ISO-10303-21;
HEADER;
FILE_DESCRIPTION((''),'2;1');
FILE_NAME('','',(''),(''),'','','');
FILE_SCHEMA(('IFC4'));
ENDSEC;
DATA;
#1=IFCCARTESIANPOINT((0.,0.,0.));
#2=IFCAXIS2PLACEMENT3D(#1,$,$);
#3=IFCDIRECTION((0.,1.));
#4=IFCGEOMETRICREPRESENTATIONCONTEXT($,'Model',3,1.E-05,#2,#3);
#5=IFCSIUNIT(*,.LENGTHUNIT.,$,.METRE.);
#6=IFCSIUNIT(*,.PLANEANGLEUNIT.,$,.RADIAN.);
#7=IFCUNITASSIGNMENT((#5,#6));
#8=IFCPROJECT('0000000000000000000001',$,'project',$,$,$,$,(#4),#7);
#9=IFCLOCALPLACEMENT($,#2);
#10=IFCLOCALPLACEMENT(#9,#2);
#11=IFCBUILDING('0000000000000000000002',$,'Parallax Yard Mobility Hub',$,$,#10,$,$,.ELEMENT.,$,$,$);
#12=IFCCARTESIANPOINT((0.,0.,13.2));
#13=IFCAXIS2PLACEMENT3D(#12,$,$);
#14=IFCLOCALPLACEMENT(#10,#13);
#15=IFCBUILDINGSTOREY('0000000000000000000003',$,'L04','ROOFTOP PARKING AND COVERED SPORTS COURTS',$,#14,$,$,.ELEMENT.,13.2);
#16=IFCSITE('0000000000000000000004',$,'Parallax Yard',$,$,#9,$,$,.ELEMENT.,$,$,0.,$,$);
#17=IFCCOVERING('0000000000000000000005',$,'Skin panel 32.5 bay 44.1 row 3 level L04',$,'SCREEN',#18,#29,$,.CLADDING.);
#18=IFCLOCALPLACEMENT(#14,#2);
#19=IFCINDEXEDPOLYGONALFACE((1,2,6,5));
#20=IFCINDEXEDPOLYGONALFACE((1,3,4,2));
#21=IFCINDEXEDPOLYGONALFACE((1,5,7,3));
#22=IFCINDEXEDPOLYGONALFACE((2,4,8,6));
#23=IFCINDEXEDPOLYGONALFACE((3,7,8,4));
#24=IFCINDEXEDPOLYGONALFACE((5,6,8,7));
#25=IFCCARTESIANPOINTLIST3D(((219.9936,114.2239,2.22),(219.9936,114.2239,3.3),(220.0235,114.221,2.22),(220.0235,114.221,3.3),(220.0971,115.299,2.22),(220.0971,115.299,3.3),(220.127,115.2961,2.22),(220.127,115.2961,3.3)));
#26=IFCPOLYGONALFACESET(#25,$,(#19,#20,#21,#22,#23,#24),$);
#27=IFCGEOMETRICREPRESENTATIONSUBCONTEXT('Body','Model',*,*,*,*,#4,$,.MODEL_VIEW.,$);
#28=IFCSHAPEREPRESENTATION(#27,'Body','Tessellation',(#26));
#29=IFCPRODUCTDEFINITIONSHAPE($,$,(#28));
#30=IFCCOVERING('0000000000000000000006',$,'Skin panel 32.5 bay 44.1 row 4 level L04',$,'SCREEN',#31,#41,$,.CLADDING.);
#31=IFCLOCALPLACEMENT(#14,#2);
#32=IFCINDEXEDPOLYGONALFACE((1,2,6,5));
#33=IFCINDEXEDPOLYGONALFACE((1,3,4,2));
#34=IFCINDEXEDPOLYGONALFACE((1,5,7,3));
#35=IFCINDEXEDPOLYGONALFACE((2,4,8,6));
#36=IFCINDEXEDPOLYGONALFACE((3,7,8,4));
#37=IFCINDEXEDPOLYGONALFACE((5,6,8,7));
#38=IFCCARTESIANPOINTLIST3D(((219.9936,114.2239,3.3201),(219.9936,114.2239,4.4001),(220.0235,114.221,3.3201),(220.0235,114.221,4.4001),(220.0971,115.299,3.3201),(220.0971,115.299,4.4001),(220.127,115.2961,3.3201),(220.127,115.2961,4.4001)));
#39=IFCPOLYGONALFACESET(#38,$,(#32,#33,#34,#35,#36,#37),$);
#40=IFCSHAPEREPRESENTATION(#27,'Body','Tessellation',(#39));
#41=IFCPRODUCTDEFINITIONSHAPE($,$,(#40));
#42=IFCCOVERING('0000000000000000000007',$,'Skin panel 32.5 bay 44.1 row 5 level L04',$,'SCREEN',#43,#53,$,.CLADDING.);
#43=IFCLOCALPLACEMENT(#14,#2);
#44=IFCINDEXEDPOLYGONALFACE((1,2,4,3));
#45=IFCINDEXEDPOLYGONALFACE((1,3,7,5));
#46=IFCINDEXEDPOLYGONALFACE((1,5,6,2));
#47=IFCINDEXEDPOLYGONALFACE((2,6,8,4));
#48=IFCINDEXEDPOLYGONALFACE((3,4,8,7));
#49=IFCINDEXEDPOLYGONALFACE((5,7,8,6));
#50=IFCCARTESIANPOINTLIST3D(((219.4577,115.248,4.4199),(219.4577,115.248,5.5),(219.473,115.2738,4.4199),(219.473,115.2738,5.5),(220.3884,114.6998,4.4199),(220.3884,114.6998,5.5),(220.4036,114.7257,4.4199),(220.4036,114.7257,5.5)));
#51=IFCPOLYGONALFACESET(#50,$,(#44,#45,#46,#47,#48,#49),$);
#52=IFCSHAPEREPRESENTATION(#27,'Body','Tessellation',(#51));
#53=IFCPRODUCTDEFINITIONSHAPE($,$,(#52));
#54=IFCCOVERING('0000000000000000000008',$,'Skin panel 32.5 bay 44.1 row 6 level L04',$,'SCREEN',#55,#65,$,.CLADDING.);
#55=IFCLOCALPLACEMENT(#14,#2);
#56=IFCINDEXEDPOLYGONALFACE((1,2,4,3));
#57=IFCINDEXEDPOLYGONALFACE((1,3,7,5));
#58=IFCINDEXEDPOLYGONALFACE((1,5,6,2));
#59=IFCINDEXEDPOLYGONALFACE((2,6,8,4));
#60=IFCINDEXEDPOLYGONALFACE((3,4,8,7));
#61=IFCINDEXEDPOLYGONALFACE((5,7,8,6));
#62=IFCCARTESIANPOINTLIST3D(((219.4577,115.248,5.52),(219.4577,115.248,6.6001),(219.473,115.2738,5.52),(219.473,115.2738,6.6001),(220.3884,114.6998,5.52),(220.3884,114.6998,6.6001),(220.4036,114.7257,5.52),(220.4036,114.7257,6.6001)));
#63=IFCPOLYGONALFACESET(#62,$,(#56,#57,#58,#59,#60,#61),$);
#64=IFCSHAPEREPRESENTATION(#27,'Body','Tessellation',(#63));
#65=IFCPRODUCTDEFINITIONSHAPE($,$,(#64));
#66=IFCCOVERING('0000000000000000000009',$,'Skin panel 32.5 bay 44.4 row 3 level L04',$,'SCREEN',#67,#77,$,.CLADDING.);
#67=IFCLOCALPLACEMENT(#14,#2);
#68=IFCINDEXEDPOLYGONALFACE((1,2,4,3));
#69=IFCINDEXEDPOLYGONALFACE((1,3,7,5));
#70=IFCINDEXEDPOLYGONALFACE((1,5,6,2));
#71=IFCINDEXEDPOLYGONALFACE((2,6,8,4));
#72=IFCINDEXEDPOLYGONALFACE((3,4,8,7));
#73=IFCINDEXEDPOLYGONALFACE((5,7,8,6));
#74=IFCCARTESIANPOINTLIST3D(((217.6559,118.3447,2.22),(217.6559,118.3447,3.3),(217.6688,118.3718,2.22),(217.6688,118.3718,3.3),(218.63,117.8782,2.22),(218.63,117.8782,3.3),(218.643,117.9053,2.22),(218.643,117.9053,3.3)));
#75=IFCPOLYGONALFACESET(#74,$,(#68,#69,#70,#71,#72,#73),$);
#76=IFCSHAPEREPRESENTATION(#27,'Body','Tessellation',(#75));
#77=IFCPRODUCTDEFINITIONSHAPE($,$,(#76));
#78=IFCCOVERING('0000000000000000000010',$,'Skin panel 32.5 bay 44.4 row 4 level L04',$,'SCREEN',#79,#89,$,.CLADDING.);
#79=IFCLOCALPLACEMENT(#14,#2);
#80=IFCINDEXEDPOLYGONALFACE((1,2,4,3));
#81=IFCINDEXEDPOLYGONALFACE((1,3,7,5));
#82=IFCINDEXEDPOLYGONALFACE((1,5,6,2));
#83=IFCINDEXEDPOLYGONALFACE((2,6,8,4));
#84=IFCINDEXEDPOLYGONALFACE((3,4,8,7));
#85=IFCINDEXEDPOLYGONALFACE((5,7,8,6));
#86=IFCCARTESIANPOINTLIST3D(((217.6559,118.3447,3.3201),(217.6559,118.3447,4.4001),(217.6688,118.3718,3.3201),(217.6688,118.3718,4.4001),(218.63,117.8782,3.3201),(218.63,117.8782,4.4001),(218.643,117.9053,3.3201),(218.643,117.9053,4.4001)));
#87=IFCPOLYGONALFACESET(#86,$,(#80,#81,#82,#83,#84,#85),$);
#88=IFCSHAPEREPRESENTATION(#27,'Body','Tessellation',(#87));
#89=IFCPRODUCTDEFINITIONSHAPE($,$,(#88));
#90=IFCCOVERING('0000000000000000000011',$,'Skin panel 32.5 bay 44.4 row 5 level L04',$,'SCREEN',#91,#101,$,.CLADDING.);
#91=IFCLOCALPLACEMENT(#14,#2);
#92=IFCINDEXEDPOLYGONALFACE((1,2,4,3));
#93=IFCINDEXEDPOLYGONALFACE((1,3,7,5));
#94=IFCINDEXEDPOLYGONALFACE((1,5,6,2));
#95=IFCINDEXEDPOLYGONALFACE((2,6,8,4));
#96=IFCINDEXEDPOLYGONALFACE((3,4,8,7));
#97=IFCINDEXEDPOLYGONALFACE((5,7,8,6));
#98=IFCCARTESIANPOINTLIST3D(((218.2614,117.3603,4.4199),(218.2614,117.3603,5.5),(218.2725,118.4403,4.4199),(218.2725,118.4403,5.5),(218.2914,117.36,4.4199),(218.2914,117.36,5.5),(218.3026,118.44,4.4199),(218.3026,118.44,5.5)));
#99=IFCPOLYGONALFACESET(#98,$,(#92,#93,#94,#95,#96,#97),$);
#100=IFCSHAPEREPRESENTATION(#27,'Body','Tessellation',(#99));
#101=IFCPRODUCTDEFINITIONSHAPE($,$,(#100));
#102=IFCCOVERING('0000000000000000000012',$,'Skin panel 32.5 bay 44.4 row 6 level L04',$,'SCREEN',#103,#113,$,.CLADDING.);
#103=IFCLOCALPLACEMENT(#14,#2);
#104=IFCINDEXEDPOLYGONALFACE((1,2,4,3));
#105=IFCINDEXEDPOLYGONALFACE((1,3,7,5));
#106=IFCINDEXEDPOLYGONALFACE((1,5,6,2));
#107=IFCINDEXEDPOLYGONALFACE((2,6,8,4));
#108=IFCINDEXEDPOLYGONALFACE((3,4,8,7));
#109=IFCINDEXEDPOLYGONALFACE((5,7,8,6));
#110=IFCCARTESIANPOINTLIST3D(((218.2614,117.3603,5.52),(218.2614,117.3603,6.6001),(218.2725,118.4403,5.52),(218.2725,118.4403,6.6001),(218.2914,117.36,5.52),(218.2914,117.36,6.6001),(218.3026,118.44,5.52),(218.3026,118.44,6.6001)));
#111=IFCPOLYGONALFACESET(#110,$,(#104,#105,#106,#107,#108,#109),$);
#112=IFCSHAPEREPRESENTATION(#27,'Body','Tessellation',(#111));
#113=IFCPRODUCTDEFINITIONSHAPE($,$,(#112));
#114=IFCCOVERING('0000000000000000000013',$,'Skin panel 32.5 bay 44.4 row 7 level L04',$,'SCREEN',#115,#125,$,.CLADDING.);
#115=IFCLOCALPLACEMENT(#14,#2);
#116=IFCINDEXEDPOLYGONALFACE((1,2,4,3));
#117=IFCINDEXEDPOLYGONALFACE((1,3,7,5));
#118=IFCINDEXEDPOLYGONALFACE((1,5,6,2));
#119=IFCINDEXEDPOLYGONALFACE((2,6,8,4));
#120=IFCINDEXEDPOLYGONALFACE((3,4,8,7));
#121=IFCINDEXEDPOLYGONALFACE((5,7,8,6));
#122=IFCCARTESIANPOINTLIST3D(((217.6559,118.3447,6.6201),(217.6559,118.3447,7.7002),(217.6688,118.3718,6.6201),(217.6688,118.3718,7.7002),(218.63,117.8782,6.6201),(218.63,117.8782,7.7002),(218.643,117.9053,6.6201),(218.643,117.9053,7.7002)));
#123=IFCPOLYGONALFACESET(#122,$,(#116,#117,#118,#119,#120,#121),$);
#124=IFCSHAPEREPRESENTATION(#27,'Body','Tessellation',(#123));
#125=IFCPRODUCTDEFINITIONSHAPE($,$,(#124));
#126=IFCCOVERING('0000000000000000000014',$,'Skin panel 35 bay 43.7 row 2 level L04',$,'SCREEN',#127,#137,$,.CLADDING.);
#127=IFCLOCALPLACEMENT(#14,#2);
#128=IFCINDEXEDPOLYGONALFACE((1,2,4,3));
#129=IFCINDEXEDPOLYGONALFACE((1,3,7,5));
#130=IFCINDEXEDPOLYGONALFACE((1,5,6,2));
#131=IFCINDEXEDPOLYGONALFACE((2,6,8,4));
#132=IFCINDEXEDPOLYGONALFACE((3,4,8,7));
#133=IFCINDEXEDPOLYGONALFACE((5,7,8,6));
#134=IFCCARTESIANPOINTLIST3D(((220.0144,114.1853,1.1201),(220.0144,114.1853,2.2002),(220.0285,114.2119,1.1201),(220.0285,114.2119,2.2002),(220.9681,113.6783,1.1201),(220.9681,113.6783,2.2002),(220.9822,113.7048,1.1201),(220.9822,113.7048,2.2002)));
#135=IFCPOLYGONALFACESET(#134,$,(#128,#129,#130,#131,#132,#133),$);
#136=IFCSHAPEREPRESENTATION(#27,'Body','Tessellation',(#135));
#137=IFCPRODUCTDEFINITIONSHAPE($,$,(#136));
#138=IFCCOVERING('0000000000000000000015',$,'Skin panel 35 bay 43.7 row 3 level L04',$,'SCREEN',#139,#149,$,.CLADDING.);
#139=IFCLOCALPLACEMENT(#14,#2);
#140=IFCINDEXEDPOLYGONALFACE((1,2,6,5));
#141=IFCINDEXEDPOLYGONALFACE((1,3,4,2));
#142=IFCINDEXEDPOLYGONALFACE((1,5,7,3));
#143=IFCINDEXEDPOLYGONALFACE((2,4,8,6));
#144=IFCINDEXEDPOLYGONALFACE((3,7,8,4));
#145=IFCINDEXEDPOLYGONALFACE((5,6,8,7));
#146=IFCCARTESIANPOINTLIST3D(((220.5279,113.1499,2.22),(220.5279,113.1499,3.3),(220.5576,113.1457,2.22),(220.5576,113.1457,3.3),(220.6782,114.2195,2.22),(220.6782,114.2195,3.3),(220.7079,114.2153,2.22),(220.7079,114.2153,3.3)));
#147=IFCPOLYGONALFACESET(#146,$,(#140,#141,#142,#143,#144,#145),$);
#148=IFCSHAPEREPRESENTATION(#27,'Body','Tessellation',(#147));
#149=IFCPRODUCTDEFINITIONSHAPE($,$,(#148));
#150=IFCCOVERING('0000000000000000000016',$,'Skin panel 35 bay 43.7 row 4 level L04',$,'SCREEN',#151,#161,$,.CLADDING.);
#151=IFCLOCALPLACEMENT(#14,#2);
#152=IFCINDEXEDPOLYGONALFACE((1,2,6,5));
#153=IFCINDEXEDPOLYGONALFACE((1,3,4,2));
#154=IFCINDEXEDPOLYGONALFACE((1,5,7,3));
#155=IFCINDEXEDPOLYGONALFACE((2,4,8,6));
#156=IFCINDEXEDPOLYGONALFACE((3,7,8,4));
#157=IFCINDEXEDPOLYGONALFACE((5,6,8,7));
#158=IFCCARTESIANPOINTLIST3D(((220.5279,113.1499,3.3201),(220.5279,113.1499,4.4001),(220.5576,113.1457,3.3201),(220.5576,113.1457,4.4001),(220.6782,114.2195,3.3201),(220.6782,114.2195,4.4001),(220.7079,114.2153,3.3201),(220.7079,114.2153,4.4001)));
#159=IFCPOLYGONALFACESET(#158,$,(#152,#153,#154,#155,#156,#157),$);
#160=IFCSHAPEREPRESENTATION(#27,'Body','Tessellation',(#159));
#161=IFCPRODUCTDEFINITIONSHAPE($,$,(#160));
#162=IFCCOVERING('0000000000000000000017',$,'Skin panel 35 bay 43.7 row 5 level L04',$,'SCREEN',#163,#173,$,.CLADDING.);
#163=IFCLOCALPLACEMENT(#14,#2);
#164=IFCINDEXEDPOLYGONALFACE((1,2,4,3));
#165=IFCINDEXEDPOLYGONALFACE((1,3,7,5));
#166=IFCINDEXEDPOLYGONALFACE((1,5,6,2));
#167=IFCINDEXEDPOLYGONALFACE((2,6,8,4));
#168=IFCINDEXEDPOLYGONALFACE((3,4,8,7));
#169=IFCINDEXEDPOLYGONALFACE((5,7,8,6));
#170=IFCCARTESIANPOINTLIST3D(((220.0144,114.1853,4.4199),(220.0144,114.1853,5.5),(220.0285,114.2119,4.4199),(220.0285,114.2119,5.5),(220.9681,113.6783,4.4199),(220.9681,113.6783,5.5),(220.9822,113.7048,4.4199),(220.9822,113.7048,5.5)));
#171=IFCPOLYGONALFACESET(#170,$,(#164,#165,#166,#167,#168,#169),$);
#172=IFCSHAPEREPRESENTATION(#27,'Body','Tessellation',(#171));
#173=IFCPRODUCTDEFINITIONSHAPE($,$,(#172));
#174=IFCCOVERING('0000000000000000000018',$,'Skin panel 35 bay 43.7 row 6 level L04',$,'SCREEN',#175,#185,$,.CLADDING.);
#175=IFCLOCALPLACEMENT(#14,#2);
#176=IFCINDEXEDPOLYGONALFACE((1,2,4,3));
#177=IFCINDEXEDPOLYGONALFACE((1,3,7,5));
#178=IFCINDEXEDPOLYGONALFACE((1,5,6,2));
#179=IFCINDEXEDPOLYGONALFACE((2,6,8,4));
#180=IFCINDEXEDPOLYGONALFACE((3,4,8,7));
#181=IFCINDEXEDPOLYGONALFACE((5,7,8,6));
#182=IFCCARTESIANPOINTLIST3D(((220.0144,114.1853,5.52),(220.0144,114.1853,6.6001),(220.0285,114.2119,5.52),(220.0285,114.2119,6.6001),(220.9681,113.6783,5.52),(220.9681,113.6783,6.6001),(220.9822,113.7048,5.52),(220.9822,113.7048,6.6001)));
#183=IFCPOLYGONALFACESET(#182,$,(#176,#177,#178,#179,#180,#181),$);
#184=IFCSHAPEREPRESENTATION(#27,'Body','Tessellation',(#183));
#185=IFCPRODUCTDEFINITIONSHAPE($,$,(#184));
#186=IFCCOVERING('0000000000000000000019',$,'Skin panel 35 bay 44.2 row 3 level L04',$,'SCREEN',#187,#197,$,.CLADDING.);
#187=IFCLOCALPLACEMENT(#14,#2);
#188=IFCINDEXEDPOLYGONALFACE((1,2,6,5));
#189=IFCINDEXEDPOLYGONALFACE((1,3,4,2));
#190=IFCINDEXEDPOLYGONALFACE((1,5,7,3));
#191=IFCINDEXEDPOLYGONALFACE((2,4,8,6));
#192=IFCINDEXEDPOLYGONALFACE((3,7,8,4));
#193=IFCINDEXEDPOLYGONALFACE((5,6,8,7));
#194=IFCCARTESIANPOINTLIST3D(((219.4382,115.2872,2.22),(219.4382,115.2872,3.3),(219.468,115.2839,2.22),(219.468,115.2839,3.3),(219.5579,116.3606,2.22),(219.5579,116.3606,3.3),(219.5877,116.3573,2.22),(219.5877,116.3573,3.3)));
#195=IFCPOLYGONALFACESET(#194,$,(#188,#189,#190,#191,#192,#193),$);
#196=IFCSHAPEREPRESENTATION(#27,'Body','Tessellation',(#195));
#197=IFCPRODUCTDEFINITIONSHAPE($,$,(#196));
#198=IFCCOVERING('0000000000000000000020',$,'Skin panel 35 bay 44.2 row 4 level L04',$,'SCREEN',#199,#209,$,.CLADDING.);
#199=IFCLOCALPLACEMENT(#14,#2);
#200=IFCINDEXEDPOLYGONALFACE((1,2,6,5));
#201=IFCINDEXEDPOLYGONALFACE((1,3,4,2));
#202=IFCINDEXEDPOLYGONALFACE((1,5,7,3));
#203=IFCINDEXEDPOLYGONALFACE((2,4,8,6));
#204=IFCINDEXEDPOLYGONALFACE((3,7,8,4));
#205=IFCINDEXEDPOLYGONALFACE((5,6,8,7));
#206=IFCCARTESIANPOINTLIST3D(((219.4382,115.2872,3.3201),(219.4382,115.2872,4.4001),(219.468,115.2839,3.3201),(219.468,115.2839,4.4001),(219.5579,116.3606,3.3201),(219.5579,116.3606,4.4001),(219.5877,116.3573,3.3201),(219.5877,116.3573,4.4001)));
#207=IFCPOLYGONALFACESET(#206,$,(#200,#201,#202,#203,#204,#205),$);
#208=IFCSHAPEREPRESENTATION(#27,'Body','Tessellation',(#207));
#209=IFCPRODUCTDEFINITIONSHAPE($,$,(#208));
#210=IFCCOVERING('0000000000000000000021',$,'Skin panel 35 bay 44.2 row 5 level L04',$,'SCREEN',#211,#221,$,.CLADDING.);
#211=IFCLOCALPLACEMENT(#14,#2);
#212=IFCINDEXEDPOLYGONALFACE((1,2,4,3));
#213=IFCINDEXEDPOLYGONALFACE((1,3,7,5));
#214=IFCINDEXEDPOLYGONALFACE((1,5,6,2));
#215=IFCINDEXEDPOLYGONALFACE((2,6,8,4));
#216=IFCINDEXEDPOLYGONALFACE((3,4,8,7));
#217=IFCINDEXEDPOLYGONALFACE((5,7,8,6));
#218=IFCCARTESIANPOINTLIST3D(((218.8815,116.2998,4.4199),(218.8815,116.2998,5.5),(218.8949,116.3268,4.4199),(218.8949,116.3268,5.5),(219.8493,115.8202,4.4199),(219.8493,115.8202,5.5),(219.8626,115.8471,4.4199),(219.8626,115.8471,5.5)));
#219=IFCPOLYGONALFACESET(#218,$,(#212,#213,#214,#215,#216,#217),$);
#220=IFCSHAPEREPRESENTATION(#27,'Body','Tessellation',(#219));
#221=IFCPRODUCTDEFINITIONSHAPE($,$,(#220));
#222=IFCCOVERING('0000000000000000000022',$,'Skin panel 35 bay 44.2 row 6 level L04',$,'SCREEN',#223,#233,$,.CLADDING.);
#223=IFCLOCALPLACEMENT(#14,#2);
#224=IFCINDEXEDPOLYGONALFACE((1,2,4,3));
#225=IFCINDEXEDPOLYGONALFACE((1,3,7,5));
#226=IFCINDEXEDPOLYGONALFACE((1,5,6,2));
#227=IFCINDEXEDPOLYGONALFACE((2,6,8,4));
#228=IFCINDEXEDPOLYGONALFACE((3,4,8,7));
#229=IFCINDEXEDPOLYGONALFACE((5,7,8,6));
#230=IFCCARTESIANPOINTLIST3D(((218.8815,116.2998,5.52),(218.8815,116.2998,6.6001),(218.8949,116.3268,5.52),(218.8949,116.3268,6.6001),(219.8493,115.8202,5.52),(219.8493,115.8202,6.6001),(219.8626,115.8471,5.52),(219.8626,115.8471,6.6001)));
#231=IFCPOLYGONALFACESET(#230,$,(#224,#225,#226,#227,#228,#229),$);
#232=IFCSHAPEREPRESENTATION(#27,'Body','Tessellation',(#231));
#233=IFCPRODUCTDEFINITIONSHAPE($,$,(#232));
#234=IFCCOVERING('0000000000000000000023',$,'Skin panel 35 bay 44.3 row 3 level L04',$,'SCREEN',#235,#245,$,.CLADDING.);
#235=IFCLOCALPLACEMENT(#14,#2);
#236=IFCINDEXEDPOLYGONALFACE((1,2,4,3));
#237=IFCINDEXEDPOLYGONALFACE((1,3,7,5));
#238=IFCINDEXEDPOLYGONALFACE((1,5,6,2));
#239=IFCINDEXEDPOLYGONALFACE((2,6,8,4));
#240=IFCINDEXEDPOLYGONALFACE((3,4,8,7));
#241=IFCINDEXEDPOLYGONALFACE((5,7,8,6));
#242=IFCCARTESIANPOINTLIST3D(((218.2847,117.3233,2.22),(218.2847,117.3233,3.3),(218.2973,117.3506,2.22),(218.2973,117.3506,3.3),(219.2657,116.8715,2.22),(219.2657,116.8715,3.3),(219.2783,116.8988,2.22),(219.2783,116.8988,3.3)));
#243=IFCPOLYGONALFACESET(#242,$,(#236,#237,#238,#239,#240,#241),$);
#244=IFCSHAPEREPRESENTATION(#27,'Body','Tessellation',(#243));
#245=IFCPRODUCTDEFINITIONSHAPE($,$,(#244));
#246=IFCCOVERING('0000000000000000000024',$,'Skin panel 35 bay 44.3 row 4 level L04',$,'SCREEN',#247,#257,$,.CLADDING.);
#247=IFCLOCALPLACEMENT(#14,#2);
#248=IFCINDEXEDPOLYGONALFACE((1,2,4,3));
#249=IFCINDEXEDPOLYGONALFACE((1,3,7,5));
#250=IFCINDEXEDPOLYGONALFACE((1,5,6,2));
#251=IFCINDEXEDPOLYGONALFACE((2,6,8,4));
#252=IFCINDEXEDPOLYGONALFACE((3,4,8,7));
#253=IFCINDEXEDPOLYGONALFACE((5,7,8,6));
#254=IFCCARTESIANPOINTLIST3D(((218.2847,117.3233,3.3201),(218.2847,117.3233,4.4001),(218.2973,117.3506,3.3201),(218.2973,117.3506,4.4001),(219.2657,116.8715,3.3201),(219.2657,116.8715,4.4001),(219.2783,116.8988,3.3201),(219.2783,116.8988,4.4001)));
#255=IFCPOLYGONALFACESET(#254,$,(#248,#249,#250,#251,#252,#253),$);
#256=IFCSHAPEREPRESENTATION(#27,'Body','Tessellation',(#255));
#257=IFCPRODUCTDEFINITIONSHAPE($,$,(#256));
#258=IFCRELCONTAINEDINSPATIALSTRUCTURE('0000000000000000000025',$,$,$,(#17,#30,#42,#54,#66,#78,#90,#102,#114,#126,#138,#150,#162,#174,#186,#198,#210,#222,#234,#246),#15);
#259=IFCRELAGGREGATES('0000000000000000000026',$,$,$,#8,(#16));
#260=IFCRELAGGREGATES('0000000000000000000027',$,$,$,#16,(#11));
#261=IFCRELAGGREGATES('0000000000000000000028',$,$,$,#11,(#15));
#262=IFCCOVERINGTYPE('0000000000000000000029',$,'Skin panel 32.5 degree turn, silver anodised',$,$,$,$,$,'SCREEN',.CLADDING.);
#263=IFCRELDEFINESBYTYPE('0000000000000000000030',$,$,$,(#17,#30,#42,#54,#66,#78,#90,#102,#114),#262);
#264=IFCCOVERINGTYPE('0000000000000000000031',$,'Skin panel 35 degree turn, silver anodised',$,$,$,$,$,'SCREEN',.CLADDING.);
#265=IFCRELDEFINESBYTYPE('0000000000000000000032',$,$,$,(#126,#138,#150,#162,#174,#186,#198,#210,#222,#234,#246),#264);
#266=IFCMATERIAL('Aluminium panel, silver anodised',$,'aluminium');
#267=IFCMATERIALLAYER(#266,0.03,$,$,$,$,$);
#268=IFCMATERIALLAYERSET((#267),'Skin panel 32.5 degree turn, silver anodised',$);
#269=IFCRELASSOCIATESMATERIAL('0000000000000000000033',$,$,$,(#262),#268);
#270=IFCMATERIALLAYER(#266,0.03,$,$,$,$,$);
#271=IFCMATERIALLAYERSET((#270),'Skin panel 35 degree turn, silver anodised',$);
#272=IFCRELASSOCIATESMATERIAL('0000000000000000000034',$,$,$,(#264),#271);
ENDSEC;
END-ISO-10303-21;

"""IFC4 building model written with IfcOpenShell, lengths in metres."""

from ifc_helpers import new_model, si_unit, direction, frame, origin, origin_2d, place, context, subcontext, project, spatial, rectangle, extrude, material, layer, layer_set, type_object, element, save


model = new_model("IFC4")

# Units and contexts
model_context = context("Model", 3, precision=1e-05, world=origin(), true_north=direction((0.0, 1.0)))
body_context = subcontext(model_context, "Body", "Model", "MODEL_VIEW")
ifc_project = project(units=[si_unit("LENGTHUNIT", "METRE"), si_unit("PLANEANGLEUNIT", "RADIAN")], contexts=[model_context])

# Site, building, storey
site_placement = place(None, origin())
site = spatial("IfcSite", under=ifc_project, at=site_placement, Name="Parallax Yard", CompositionType="ELEMENT", RefElevation=0.0)
building_placement = place(site_placement, origin())
building = spatial("IfcBuilding", under=site, at=building_placement, Name="Parallax Yard Mobility Hub", CompositionType="ELEMENT")
storey_placement = place(building_placement, frame((0.0, 0.0, 13.2)))
storey = spatial("IfcBuildingStorey", under=building, at=storey_placement, Name="L04", Description="ROOFTOP PARKING AND COVERED SPORTS COURTS", CompositionType="ELEMENT", Elevation=13.2)

# Coverings
ifc_material_1 = material(Name="Aluminium panel, silver anodised", Category="aluminium")
ifc_layer_1 = layer(ifc_material_1, 0.03)
ifc_layer_set_1 = layer_set([ifc_layer_1], Name="Skin panel 32.5 degree turn, silver anodised")
covering_type_1 = type_object("IfcCoveringType", Name="Skin panel 32.5 degree turn, silver anodised", ElementType="SCREEN", PredefinedType="CLADDING", material=ifc_layer_set_1)
for number, where, z_axis, x_axis, name in (
    (1, (220.0603, 114.76, 2.22), (0.0, 0.0, 1.0), (0.095846, 0.995396, 0.0), "Skin panel 32.5 bay 44.1 row 3 level L04"),
    (2, (220.0603, 114.76, 3.3201), (0.0, 0.0, 1.0), (0.095846, 0.995396, 0.0), "Skin panel 32.5 bay 44.1 row 4 level L04"),
    (3, (219.9307, 114.9868, 4.4199), (0.0, 0.0, 1.0), (0.861629, -0.507538, 0.0), "Skin panel 32.5 bay 44.1 row 5 level L04"),
    (4, (219.9307, 114.9868, 5.52), (0.0, 0.0, 1.0), (0.861629, -0.507538, 0.0), "Skin panel 32.5 bay 44.1 row 6 level L04"),
    (5, (218.1494, 118.125, 2.22), (0.0, 0.0, 1.0), (0.901901, -0.431943, 0.0), "Skin panel 32.5 bay 44.4 row 3 level L04"),
    (6, (218.1494, 118.125, 3.3201), (0.0, 0.0, 1.0), (0.901901, -0.431943, 0.0), "Skin panel 32.5 bay 44.4 row 4 level L04"),
    (7, (218.282, 117.9001, 4.4199), (0.0, 0.0, 1.0), (0.010313, 0.999947, 0.0), "Skin panel 32.5 bay 44.4 row 5 level L04"),
    (8, (218.282, 117.9001, 5.52), (0.0, 0.0, 1.0), (0.010313, 0.999947, 0.0), "Skin panel 32.5 bay 44.4 row 6 level L04"),
    (9, (218.1494, 118.125, 6.6201), (0.0, 0.0, 1.0), (0.901901, -0.431943, 0.0), "Skin panel 32.5 bay 44.4 row 7 level L04"),
):
    element("IfcCovering", number, at=place(storey_placement, frame(where, z_axis=z_axis, x_axis=x_axis)), inside=storey, type_object=covering_type_1, Name=name, ObjectType="SCREEN", PredefinedType="CLADDING", context=body_context, shape_type="SweptSolid", body=[
        extrude(rectangle(XDim=1.0801, YDim=0.03, at=origin_2d()), origin(), (0.0, 0.0, 1.0), 1.0801),
    ])
ifc_layer_2 = layer(ifc_material_1, 0.03)
ifc_layer_set_2 = layer_set([ifc_layer_2], Name="Skin panel 35 degree turn, silver anodised")
covering_type_2 = type_object("IfcCoveringType", Name="Skin panel 35 degree turn, silver anodised", ElementType="SCREEN", PredefinedType="CLADDING", material=ifc_layer_set_2)
for number, where, z_axis, x_axis, name in (
    (10, (220.4983, 113.9451, 1.1201), (0.0, 0.0, 1.0), (0.882948, -0.469472, 0.0), "Skin panel 35 bay 43.7 row 2 level L04"),
    (11, (220.6179, 113.6826, 2.22), (0.0, 0.0, 1.0), (0.139173, 0.990268, 0.0), "Skin panel 35 bay 43.7 row 3 level L04"),
    (12, (220.6179, 113.6826, 3.3201), (0.0, 0.0, 1.0), (0.139173, 0.990268, 0.0), "Skin panel 35 bay 43.7 row 4 level L04"),
    (13, (220.4983, 113.9451, 4.4199), (0.0, 0.0, 1.0), (0.882948, -0.469472, 0.0), "Skin panel 35 bay 43.7 row 5 level L04"),
    (14, (220.4983, 113.9451, 5.52), (0.0, 0.0, 1.0), (0.882948, -0.469472, 0.0), "Skin panel 35 bay 43.7 row 6 level L04"),
    (15, (219.5129, 115.8223, 2.22), (0.0, 0.0, 1.0), (0.110838, 0.993839, 0.0), "Skin panel 35 bay 44.2 row 3 level L04"),
    (16, (219.5129, 115.8223, 3.3201), (0.0, 0.0, 1.0), (0.110838, 0.993839, 0.0), "Skin panel 35 bay 44.2 row 4 level L04"),
    (17, (219.3721, 116.0735, 4.4199), (0.0, 0.0, 1.0), (0.895994, -0.444066, 0.0), "Skin panel 35 bay 44.2 row 5 level L04"),
    (18, (219.3721, 116.0735, 5.52), (0.0, 0.0, 1.0), (0.895994, -0.444066, 0.0), "Skin panel 35 bay 44.2 row 6 level L04"),
    (19, (218.7815, 117.1111, 2.22), (0.0, 0.0, 1.0), (0.908309, -0.4183, 0.0), "Skin panel 35 bay 44.3 row 3 level L04"),
    (20, (218.7815, 117.1111, 3.3201), (0.0, 0.0, 1.0), (0.908309, -0.4183, 0.0), "Skin panel 35 bay 44.3 row 4 level L04"),
):
    element("IfcCovering", number, at=place(storey_placement, frame(where, z_axis=z_axis, x_axis=x_axis)), inside=storey, type_object=covering_type_2, Name=name, ObjectType="SCREEN", PredefinedType="CLADDING", context=body_context, shape_type="SweptSolid", body=[
        extrude(rectangle(XDim=1.0801, YDim=0.03, at=origin_2d()), origin(), (0.0, 0.0, 1.0), 1.0801),
    ])

save(model, "model.ifc")
